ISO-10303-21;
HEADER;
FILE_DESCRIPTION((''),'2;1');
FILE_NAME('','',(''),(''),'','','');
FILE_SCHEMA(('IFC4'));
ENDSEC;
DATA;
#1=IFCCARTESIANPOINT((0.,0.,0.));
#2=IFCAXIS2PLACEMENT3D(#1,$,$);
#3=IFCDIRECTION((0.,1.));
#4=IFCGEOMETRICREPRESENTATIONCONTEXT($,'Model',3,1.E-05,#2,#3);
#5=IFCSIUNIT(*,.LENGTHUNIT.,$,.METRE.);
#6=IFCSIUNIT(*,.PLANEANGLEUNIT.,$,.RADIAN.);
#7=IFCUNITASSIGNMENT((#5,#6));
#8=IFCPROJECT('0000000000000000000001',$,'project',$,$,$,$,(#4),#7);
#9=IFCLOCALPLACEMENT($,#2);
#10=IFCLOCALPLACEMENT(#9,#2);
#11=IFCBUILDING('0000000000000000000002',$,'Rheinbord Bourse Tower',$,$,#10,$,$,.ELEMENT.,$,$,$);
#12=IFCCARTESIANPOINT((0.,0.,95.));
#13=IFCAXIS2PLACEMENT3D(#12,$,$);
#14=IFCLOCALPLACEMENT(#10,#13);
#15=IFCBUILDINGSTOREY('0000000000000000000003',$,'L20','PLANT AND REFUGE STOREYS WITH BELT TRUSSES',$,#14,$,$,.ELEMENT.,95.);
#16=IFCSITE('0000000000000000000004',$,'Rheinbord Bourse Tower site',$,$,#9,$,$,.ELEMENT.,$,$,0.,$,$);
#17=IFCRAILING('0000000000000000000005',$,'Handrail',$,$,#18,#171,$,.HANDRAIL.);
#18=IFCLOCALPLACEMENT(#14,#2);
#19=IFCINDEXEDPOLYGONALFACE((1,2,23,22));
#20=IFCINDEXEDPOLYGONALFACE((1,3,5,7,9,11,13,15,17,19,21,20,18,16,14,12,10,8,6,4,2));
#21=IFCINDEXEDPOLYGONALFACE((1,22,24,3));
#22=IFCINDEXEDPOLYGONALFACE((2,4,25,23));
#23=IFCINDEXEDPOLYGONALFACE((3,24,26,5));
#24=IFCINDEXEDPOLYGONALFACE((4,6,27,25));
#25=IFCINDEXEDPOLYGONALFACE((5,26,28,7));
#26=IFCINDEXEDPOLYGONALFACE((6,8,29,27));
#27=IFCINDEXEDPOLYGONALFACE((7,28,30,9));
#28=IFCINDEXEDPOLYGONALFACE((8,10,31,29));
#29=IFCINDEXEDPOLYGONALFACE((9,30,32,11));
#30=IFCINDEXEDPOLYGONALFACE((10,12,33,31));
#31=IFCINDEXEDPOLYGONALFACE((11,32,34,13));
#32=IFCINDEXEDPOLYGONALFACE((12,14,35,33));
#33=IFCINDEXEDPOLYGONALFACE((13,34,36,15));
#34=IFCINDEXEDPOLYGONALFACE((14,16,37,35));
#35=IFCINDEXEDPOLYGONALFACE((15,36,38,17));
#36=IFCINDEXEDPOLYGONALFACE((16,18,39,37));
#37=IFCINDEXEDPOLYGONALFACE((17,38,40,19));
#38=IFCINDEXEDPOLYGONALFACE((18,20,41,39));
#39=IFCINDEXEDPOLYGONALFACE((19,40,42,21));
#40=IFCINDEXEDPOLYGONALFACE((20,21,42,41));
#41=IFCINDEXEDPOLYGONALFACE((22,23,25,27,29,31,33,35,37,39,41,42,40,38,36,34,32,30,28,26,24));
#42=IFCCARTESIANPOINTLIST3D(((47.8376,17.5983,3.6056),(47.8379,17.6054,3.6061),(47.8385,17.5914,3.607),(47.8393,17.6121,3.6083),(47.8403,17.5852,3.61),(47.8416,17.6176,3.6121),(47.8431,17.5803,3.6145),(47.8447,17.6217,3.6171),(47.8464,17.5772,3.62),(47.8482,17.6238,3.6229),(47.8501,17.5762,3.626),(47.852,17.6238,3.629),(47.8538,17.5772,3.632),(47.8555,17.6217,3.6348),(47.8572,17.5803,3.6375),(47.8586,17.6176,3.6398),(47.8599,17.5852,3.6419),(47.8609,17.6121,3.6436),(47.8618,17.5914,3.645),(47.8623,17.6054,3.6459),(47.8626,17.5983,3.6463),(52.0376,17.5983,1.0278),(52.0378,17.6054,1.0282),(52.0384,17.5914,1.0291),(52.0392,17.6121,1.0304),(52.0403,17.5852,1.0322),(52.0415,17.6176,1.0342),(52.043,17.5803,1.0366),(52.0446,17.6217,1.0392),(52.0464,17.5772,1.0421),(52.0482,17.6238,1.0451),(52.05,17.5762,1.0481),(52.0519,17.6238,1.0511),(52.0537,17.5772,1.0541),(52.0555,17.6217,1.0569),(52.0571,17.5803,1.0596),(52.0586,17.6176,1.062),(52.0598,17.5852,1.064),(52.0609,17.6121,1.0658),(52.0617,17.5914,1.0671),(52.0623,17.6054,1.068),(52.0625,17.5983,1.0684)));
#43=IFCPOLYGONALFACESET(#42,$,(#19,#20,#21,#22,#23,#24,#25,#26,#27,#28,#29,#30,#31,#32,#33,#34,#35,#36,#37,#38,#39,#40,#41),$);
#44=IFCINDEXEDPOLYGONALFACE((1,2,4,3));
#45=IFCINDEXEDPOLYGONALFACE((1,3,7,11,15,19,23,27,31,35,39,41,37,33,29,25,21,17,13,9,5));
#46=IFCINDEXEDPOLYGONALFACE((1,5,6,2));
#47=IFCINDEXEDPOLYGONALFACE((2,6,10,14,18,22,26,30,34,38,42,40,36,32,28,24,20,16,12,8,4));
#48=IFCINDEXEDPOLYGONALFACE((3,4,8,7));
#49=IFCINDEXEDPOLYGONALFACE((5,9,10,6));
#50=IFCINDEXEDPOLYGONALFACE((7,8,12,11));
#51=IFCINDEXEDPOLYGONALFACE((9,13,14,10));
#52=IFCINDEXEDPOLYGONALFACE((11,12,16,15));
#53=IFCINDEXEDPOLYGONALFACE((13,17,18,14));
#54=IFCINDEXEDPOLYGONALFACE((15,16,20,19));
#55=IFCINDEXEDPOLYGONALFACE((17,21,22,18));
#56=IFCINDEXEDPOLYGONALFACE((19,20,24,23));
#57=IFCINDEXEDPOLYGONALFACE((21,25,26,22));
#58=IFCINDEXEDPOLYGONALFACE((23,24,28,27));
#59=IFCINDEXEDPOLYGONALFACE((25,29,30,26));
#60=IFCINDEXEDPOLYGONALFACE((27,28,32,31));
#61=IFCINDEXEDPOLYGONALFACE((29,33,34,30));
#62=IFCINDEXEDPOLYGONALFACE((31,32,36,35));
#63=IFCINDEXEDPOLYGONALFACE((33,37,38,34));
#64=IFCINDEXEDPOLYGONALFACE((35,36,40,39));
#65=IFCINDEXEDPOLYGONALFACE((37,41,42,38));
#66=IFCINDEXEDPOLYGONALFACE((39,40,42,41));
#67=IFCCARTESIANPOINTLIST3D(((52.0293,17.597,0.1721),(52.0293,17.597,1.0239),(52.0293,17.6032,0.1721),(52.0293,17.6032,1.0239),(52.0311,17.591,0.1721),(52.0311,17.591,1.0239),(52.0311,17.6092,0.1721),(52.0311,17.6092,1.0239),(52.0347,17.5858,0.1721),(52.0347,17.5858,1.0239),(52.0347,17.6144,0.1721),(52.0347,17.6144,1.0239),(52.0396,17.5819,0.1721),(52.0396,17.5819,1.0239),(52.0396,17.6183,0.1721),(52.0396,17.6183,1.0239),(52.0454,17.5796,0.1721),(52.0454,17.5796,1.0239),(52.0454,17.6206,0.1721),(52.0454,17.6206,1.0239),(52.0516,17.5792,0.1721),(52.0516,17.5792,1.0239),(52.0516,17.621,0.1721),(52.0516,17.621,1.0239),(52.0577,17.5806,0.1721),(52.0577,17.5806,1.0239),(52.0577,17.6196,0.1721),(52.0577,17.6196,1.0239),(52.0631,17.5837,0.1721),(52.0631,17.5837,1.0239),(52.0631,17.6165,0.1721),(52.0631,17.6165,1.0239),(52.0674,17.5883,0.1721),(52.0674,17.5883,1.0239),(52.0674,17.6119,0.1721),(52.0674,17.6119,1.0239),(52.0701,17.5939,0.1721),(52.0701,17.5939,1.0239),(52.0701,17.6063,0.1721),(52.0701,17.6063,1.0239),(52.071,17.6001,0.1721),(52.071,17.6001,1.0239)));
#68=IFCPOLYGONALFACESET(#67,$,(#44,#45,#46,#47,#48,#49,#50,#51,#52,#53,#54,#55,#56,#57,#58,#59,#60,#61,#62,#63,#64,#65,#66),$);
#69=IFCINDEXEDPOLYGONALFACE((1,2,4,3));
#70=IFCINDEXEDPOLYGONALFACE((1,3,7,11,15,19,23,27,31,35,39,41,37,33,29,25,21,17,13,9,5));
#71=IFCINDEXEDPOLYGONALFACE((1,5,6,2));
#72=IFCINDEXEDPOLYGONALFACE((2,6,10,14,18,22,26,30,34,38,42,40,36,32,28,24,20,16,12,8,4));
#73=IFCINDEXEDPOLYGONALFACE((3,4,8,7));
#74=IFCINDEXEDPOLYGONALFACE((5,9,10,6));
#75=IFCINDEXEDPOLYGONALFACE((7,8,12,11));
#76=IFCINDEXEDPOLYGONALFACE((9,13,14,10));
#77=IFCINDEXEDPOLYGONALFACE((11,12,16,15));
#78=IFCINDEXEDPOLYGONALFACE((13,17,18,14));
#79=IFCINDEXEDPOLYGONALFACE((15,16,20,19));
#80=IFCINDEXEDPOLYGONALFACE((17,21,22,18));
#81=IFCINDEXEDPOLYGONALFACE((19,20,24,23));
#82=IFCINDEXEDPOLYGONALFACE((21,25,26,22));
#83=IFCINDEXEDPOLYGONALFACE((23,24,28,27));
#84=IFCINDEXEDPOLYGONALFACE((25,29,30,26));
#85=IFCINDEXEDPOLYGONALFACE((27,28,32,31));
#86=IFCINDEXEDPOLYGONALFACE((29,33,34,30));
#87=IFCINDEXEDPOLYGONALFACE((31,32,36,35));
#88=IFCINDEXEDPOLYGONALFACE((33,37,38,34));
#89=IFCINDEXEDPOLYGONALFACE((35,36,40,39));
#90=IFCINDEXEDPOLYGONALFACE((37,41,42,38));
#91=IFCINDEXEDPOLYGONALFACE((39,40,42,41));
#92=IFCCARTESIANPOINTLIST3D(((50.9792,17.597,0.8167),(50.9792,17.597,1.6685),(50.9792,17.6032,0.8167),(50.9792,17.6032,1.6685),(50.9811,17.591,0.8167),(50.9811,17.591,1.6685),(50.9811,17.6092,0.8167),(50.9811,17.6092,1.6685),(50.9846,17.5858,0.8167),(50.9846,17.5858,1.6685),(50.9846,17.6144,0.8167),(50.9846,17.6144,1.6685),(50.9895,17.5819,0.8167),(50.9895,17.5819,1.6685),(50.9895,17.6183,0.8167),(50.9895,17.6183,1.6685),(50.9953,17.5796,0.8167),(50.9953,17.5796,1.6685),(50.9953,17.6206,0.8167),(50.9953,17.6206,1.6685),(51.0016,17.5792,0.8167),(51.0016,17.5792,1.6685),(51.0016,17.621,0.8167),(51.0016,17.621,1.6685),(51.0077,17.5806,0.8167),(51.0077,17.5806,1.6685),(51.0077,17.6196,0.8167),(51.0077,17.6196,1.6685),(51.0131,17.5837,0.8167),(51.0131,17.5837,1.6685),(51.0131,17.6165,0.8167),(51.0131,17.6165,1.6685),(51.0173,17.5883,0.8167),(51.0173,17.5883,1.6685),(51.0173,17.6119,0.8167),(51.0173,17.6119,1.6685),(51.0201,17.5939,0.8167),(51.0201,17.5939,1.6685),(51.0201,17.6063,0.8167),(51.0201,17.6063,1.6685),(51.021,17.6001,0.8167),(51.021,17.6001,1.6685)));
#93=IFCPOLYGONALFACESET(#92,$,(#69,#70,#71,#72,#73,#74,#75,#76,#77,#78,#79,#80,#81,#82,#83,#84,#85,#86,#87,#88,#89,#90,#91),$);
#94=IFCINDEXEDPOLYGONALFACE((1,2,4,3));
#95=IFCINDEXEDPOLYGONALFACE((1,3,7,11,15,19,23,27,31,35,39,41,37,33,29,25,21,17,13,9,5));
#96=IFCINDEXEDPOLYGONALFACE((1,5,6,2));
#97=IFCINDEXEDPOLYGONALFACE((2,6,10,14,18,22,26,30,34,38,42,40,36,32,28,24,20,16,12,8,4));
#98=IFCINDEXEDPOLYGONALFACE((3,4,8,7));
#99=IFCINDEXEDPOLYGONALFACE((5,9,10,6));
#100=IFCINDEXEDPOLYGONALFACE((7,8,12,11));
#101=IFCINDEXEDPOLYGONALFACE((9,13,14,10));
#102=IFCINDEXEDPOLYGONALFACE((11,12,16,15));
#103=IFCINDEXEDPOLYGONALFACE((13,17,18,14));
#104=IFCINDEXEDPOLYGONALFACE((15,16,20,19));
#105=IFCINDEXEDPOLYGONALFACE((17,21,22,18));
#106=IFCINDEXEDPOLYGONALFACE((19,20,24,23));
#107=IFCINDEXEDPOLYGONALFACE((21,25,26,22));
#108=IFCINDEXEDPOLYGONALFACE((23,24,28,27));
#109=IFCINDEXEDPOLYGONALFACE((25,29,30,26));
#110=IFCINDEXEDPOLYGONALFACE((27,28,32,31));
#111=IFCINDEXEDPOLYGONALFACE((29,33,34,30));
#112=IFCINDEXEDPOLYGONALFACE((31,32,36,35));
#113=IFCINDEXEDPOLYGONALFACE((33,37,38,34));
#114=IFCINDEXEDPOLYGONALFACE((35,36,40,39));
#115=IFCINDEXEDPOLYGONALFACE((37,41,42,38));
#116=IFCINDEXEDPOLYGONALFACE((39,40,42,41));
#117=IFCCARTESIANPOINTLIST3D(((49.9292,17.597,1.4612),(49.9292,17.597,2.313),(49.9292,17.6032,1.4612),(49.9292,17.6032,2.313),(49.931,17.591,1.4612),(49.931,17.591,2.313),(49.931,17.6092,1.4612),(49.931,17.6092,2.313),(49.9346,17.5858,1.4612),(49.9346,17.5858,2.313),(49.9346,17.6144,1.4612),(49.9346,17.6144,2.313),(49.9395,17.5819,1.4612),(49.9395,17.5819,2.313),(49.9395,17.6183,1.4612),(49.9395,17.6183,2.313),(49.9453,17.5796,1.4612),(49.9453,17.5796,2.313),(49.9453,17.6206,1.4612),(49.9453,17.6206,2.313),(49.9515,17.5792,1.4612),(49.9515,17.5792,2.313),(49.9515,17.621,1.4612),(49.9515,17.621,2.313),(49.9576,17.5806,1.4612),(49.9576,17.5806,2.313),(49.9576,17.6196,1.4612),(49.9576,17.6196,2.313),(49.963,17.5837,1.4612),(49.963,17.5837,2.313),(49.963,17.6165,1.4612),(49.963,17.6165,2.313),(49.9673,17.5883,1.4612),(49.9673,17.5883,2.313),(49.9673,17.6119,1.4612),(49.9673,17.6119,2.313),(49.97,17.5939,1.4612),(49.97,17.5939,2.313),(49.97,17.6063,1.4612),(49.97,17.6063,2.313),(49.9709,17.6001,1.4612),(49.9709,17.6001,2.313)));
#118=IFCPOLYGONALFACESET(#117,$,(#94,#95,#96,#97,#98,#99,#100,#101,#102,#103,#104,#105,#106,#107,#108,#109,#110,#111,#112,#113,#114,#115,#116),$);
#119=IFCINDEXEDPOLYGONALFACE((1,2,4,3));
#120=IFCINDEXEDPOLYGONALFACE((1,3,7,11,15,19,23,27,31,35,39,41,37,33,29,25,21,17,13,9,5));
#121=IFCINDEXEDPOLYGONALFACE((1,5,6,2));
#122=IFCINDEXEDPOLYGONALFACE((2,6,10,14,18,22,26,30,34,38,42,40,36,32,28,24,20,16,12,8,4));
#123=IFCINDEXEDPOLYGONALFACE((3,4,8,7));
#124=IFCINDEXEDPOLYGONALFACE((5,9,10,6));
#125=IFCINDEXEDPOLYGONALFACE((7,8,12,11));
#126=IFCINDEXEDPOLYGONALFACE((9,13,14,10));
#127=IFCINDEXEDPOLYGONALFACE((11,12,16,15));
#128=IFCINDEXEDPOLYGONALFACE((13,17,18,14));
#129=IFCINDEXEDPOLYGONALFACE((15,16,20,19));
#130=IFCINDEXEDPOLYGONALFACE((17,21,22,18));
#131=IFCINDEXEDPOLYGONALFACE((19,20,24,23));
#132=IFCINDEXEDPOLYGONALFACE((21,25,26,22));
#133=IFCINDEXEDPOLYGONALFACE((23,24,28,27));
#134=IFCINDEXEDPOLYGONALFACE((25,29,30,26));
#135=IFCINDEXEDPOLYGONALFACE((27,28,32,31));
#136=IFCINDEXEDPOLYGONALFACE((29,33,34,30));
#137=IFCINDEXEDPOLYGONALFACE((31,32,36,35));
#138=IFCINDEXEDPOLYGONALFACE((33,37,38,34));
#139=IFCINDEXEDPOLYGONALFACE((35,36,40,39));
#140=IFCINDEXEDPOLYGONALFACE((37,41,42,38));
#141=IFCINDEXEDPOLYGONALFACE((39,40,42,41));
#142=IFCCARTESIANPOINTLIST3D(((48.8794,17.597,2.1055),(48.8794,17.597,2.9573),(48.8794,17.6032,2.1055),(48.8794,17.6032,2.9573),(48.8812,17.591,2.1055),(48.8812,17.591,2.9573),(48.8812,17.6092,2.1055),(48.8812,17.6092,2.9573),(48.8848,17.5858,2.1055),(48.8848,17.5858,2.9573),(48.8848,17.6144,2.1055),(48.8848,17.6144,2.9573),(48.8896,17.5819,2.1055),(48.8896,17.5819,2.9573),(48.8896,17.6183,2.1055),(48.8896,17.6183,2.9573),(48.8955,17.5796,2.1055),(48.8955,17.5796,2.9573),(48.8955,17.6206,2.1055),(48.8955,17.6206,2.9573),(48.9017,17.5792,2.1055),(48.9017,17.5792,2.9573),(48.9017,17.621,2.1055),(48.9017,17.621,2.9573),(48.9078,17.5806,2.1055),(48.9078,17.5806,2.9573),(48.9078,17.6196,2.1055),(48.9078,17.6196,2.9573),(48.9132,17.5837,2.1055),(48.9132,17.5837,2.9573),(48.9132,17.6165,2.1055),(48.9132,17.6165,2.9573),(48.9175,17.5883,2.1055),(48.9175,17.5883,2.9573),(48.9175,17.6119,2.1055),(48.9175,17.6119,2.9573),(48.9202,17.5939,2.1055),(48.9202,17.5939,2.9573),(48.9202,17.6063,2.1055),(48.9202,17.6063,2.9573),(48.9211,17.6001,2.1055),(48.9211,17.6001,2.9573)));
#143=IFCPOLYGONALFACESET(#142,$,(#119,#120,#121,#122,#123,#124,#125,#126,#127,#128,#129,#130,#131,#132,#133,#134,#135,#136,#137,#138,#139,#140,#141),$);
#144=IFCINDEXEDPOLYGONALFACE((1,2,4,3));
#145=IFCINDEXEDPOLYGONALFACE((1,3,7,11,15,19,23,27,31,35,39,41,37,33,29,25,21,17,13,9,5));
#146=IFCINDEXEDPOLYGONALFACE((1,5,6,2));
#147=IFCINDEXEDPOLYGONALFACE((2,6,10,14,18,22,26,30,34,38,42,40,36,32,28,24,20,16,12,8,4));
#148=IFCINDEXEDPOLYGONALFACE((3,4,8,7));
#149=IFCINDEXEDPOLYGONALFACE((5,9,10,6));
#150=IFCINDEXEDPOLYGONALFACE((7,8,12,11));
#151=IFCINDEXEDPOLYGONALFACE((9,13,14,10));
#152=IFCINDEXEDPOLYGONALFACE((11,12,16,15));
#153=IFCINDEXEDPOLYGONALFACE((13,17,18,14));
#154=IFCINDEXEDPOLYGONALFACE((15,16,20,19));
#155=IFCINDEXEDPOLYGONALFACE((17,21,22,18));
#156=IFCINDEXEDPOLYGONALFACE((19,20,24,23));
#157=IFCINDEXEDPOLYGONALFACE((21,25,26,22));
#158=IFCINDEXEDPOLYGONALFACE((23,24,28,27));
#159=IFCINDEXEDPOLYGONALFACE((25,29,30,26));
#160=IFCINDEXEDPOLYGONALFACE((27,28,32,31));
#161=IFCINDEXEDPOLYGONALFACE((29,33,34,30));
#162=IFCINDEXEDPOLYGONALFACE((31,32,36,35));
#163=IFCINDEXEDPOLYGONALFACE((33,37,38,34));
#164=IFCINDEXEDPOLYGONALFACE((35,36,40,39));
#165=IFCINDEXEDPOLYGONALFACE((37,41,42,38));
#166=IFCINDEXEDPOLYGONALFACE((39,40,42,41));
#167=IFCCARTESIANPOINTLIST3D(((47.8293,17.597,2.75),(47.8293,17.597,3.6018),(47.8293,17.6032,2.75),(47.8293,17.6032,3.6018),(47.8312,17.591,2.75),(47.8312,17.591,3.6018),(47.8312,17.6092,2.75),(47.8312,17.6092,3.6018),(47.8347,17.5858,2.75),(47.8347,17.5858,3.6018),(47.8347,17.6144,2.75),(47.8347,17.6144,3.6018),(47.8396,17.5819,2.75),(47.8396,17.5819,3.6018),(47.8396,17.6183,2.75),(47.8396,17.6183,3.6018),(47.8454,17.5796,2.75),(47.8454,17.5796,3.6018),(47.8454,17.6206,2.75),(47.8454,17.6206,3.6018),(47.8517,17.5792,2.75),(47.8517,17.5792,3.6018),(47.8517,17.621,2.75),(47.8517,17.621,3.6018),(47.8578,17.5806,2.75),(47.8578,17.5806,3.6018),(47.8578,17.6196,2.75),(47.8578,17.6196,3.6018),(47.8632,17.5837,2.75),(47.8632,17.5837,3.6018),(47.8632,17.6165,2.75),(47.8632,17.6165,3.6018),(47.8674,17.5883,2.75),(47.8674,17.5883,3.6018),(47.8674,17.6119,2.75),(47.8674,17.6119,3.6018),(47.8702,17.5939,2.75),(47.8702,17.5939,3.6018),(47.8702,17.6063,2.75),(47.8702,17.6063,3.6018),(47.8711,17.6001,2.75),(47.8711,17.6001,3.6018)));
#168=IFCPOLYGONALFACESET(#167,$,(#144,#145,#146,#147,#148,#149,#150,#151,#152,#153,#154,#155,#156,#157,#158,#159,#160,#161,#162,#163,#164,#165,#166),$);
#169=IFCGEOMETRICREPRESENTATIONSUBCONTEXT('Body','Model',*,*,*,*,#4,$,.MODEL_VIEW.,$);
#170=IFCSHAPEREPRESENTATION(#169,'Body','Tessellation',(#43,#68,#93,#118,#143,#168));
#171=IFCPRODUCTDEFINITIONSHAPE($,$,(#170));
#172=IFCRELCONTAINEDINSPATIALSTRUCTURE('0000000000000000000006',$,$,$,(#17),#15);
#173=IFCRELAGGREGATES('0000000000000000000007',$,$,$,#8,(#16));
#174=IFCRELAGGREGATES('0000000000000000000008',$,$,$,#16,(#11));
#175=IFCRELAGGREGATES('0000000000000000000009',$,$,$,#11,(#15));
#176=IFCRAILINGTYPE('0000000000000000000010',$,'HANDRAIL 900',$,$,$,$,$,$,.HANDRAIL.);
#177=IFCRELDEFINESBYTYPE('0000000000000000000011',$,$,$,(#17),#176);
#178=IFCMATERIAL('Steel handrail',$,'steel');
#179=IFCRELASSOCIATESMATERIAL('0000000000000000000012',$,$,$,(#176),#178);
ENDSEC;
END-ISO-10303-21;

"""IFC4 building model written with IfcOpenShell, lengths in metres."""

from ifc_helpers import new_model, si_unit, direction, frame, origin, origin_2d, place, context, subcontext, project, spatial, circle, extrude, material, type_object, element, save


model = new_model("IFC4")

# Units and contexts
model_context = context("Model", 3, precision=1e-05, world=origin(), true_north=direction((0.0, 1.0)))
body_context = subcontext(model_context, "Body", "Model", "MODEL_VIEW")
ifc_project = project(units=[si_unit("LENGTHUNIT", "METRE"), si_unit("PLANEANGLEUNIT", "RADIAN")], contexts=[model_context])

# Site, building, storey
site_placement = place(None, origin())
site = spatial("IfcSite", under=ifc_project, at=site_placement, Name="Rheinbord Bourse Tower site", CompositionType="ELEMENT", RefElevation=0.0)
building_placement = place(site_placement, origin())
building = spatial("IfcBuilding", under=site, at=building_placement, Name="Rheinbord Bourse Tower", CompositionType="ELEMENT")
storey_placement = place(building_placement, frame((0.0, 0.0, 95.0)))
storey = spatial("IfcBuildingStorey", under=building, at=storey_placement, Name="L20", Description="PLANT AND REFUGE STOREYS WITH BELT TRUSSES", CompositionType="ELEMENT", Elevation=95.0)

# Railing
ifc_material_1 = material(Name="Steel handrail", Category="steel")
railing_type = type_object("IfcRailingType", Name="HANDRAIL 900", PredefinedType="HANDRAIL", material=ifc_material_1)
railing_placement = place(storey_placement, frame((52.05, 17.6001, 0.1721)))
element("IfcRailing", 1, at=railing_placement, inside=storey, type_object=railing_type, Name="Handrail", PredefinedType="HANDRAIL", context=body_context, shape_type="SweptSolid", body=[
    extrude(circle(Radius=0.0239, at=origin_2d()), frame((0.0, 0.0, 0.876), z_axis=(-0.852265, 0.0, 0.52311), x_axis=(0.0, -1.0, 0.0)), (0.0, 0.0, 1.0), 4.928),
    extrude(circle(Radius=0.021, at=origin_2d()), origin(), (0.0, 0.0, 1.0), 0.8518),
    extrude(circle(Radius=0.021, at=origin_2d()), frame((-1.05, 0.0, 0.6445)), (0.0, 0.0, 1.0), 0.8518),
    extrude(circle(Radius=0.021, at=origin_2d()), frame((-2.1001, 0.0, 1.2891)), (0.0, 0.0, 1.0), 0.8518),
    extrude(circle(Radius=0.021, at=origin_2d()), frame((-3.1499, 0.0, 1.9333)), (0.0, 0.0, 1.0), 0.8518),
    extrude(circle(Radius=0.021, at=origin_2d()), frame((-4.2, 0.0, 2.5779)), (0.0, 0.0, 1.0), 0.8518),
])

save(model, "model.ifc")
